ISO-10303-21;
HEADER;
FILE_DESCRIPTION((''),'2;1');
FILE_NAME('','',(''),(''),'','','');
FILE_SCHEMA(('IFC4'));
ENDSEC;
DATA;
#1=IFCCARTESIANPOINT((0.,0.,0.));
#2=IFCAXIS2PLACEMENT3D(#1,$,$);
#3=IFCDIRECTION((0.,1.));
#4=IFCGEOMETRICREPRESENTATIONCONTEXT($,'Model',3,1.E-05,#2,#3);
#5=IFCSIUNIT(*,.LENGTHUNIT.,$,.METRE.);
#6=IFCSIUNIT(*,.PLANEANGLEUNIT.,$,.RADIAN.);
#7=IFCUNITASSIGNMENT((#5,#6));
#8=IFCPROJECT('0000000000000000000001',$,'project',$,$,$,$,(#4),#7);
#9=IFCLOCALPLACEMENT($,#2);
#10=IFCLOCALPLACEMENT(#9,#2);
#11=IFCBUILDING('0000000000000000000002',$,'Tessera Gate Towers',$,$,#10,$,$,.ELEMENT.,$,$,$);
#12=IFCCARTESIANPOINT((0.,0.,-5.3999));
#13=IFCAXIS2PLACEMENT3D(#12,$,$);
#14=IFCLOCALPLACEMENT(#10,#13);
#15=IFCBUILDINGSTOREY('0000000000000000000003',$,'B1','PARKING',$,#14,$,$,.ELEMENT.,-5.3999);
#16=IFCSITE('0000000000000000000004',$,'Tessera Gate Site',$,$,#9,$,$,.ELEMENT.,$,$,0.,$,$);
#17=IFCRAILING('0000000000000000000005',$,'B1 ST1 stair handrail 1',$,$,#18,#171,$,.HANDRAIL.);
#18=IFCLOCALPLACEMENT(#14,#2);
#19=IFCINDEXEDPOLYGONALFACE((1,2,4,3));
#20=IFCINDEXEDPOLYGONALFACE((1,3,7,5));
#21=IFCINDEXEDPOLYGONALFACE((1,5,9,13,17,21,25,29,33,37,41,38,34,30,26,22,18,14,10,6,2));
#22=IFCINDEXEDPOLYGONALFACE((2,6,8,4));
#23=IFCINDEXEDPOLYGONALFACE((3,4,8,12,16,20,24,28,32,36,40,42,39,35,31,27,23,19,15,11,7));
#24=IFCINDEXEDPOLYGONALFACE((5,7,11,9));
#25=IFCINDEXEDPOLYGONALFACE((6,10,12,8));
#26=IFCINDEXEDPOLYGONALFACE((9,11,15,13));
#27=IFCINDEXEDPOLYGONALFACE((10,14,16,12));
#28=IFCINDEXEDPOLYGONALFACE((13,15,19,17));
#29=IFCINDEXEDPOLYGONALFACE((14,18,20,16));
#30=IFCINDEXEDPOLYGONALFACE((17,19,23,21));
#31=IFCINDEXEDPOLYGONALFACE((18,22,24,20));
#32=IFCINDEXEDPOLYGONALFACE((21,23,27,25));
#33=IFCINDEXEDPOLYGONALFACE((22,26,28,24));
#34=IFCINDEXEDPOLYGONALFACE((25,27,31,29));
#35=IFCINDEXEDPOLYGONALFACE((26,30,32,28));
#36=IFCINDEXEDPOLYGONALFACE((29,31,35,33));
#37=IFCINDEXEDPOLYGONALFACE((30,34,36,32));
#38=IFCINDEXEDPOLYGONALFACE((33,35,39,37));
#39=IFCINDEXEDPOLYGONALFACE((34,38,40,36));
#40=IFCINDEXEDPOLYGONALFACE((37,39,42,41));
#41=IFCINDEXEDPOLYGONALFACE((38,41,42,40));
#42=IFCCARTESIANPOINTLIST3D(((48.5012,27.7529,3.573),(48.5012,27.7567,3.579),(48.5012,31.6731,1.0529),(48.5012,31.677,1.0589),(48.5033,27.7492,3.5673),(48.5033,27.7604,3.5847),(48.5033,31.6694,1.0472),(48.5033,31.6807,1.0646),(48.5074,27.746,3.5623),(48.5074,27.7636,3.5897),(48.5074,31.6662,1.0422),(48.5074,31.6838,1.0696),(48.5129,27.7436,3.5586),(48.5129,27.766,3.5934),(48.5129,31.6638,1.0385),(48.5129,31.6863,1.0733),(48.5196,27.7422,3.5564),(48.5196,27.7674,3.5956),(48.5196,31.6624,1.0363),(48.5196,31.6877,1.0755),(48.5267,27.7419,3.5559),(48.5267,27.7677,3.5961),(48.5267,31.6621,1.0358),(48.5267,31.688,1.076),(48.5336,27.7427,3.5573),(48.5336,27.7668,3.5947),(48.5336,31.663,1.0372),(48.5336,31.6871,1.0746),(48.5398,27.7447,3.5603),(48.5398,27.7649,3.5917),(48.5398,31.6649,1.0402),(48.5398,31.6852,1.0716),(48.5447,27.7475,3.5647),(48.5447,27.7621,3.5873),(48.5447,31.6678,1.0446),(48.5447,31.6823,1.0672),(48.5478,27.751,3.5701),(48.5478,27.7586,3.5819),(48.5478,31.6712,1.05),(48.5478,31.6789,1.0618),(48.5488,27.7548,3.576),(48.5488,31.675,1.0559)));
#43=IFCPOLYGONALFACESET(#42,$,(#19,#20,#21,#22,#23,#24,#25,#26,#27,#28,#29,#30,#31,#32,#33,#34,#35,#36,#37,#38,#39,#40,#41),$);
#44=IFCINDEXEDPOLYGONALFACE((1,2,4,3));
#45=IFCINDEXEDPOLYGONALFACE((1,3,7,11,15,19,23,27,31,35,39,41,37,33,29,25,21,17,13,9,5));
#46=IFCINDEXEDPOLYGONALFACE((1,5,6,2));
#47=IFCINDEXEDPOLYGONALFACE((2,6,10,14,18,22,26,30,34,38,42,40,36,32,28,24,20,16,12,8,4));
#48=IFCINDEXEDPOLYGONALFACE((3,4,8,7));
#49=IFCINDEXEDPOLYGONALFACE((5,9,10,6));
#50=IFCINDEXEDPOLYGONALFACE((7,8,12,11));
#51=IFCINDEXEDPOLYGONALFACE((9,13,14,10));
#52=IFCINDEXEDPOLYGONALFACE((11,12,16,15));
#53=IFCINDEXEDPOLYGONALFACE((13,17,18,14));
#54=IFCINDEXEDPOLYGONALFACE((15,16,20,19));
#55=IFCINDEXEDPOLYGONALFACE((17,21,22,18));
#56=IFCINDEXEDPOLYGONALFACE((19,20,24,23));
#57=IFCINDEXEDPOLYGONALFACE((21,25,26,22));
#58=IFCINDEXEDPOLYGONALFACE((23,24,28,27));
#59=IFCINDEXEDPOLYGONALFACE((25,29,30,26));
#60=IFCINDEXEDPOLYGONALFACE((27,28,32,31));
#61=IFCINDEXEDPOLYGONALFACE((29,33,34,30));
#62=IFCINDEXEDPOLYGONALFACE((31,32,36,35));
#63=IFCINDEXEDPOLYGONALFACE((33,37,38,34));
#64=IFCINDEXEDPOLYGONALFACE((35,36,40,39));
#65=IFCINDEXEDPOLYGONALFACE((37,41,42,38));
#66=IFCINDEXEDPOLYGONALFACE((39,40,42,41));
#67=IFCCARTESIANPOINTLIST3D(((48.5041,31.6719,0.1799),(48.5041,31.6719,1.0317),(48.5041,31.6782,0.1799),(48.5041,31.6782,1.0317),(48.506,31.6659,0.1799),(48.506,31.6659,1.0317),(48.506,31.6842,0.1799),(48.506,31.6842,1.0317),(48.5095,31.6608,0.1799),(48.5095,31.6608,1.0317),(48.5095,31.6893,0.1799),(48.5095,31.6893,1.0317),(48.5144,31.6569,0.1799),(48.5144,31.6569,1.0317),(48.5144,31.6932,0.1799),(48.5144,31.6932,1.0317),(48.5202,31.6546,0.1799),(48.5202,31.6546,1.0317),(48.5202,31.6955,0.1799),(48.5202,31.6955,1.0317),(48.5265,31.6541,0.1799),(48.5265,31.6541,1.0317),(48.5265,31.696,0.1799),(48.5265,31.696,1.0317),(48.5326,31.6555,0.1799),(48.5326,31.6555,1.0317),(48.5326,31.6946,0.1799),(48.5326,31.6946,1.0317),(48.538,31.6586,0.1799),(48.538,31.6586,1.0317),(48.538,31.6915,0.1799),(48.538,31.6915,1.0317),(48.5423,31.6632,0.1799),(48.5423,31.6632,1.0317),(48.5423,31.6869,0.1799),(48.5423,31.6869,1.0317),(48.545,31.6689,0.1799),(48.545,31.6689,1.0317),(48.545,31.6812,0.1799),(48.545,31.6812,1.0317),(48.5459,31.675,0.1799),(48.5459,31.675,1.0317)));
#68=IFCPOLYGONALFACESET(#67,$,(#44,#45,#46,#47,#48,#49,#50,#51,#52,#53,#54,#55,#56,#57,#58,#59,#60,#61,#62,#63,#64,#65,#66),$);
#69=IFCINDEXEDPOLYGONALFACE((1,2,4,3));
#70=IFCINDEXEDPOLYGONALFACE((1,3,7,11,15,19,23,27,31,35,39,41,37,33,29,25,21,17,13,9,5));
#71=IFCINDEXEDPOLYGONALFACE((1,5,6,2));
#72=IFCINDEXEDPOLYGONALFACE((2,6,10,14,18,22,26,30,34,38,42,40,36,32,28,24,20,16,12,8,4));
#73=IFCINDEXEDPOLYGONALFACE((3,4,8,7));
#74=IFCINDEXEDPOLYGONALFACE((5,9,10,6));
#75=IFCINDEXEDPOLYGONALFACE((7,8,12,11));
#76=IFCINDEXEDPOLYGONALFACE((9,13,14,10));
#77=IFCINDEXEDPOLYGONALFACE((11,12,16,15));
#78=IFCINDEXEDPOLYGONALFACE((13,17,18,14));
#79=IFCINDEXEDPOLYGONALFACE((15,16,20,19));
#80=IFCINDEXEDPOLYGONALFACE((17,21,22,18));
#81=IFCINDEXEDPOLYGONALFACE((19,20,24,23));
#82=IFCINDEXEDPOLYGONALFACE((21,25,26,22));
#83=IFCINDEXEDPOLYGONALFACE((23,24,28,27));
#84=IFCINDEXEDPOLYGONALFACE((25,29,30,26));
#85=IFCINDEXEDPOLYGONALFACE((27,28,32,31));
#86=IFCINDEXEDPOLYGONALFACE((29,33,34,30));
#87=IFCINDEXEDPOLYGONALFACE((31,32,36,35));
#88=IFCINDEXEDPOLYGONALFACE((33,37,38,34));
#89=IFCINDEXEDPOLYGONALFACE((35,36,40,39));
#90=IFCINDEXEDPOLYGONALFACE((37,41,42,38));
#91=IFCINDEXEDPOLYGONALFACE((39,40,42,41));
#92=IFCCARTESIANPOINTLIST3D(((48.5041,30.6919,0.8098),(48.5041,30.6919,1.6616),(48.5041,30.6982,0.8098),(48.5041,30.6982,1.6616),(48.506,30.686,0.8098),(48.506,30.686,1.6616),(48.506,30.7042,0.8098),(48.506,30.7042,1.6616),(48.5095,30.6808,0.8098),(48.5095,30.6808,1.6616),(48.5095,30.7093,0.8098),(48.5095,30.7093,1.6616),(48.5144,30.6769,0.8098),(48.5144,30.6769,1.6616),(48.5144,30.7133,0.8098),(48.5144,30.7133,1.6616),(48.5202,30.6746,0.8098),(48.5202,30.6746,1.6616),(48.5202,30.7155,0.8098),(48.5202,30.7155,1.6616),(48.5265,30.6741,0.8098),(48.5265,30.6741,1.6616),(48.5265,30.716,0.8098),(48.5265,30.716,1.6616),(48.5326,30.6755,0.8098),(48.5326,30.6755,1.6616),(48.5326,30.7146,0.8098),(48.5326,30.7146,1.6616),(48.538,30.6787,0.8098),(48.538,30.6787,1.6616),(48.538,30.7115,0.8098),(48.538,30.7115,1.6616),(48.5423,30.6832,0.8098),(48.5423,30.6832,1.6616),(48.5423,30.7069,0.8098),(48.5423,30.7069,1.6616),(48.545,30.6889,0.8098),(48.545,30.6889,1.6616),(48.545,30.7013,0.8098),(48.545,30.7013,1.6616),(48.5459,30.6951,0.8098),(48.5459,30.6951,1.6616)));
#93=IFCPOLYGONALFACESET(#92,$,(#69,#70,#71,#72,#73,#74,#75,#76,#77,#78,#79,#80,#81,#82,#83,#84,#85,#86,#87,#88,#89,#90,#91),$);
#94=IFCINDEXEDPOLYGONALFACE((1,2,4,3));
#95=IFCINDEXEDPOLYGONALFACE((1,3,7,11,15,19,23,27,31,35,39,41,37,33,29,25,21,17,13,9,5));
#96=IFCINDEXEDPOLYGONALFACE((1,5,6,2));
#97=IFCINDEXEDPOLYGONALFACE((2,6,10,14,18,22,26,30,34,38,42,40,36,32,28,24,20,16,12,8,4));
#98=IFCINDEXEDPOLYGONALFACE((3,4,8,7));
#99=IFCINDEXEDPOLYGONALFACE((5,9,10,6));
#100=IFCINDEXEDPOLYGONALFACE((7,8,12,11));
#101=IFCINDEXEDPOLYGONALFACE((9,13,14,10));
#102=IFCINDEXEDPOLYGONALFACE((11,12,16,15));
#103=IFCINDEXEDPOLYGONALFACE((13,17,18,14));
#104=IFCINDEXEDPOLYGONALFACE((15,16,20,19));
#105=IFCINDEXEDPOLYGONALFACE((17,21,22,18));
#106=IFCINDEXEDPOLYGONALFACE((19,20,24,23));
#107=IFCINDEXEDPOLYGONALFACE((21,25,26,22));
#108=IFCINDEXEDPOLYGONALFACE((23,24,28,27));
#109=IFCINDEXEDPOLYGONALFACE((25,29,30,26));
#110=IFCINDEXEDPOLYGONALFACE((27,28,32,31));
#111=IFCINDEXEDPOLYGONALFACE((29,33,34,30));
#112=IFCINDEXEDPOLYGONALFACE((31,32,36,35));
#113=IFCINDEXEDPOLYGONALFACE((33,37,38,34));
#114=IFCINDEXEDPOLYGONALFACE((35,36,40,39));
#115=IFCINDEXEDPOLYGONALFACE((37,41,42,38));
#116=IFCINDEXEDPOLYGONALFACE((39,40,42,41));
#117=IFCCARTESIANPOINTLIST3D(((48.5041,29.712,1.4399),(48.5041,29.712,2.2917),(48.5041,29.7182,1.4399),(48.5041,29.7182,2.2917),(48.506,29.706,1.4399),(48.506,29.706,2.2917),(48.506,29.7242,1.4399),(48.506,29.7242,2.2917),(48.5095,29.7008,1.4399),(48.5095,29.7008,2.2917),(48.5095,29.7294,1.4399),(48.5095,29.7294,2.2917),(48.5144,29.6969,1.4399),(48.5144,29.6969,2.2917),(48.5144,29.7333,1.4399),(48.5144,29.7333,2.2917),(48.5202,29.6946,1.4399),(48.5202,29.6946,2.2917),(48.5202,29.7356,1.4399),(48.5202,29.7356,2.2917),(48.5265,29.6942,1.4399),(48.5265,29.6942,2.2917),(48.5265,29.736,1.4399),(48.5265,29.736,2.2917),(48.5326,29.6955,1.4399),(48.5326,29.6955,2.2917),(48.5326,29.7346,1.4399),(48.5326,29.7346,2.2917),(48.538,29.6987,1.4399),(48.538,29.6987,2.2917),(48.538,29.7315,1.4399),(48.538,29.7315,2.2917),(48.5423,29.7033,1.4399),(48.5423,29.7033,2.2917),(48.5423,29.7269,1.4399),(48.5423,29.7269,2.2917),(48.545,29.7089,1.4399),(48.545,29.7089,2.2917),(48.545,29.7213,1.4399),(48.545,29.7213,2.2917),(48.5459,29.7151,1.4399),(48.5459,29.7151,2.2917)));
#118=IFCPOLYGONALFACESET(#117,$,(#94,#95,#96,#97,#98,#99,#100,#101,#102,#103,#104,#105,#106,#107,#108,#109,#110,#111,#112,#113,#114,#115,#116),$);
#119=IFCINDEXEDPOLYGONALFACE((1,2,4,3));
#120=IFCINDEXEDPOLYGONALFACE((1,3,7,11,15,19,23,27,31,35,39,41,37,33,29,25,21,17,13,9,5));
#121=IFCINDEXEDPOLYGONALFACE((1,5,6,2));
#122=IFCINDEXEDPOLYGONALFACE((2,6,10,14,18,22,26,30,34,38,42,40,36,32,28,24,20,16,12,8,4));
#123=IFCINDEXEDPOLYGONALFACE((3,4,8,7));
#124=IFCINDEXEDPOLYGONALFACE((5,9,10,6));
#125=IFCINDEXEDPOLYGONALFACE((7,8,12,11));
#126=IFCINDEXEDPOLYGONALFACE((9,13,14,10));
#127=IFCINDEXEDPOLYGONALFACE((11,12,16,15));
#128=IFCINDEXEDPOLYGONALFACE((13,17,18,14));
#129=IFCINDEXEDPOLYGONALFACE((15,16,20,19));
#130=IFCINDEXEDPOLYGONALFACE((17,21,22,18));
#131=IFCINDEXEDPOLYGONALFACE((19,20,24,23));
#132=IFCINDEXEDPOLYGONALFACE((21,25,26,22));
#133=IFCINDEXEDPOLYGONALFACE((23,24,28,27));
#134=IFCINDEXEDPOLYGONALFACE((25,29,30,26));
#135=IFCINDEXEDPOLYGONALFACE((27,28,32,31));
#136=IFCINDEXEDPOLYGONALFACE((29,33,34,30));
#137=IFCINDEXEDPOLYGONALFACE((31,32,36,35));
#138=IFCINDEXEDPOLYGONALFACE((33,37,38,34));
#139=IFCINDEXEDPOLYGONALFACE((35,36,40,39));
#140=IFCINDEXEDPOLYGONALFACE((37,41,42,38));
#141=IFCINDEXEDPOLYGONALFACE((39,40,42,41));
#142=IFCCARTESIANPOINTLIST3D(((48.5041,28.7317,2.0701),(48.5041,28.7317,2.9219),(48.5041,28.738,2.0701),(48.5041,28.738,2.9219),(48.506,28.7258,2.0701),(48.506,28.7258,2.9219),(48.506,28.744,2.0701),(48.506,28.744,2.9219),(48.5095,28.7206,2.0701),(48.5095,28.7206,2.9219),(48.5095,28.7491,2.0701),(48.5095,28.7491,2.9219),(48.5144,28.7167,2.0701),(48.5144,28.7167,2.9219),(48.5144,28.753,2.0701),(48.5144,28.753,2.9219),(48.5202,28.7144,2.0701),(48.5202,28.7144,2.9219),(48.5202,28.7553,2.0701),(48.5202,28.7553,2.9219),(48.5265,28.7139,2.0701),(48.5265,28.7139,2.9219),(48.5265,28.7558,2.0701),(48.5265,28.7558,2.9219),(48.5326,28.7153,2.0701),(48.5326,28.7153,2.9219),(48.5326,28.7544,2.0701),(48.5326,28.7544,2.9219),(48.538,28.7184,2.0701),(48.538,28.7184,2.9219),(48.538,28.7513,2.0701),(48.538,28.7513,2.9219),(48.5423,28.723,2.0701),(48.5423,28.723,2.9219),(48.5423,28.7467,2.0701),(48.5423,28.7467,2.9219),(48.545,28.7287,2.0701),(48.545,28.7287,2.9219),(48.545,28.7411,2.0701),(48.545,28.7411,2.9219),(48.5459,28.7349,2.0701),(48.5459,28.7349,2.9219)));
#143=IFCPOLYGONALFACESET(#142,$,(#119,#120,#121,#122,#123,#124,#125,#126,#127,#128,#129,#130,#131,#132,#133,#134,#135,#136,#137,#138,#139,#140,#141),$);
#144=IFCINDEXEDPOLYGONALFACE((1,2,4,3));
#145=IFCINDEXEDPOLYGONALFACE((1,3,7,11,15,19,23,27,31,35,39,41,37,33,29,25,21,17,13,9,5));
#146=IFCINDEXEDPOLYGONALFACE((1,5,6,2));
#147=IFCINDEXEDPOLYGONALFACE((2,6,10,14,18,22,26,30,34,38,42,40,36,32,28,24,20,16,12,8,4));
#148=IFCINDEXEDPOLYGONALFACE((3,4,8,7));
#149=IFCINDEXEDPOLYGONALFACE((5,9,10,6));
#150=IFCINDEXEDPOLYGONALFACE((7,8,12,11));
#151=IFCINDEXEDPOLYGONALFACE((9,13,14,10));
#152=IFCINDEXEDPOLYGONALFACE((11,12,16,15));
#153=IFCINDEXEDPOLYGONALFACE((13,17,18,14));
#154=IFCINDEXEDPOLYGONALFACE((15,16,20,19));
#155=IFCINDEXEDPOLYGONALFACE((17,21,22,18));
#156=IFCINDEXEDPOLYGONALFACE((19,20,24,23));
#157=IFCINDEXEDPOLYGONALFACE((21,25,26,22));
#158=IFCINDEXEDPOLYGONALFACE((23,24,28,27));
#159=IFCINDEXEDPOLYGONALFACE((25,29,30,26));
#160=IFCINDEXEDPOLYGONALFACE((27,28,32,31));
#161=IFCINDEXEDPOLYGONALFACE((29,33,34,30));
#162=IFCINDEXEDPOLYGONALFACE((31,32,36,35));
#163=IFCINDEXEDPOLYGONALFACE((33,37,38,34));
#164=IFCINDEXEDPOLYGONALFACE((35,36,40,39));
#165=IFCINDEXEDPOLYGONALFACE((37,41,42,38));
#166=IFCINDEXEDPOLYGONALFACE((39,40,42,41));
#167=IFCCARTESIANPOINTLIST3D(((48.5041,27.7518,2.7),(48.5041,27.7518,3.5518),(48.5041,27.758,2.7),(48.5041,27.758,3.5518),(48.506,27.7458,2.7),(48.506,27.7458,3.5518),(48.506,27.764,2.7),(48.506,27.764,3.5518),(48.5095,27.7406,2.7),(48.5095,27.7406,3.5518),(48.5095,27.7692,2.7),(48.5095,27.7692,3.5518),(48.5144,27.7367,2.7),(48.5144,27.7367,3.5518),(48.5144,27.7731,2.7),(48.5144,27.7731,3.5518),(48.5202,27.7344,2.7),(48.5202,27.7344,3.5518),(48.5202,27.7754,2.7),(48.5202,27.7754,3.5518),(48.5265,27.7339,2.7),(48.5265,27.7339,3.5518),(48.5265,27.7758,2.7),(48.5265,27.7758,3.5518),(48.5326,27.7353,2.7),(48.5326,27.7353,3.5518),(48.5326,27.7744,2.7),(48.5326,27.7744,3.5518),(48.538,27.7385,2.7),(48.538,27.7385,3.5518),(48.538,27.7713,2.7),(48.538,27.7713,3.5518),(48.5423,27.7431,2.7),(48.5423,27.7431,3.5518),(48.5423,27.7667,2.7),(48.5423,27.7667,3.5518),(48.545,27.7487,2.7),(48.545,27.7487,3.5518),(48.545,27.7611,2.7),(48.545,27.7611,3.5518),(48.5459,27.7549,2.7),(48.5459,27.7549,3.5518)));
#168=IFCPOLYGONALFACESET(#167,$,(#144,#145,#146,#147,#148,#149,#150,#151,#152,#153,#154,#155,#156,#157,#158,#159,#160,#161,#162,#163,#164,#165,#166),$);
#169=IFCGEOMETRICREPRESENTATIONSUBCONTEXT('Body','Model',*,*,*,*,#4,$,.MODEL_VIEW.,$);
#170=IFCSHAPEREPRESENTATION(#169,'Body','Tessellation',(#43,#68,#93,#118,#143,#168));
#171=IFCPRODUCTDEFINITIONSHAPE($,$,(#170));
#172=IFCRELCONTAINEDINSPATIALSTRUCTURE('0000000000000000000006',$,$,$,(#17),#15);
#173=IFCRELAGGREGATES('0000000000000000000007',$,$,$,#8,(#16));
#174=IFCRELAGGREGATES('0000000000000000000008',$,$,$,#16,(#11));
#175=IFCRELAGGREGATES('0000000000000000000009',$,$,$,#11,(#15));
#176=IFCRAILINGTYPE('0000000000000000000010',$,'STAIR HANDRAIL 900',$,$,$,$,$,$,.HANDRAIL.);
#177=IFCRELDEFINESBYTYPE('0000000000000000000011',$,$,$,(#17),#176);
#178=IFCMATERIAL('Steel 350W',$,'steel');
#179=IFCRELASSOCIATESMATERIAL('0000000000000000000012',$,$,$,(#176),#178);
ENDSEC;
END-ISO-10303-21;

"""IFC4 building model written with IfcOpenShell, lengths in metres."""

from ifc_helpers import new_model, si_unit, direction, frame, origin, origin_2d, place, context, subcontext, project, spatial, circle, extrude, material, type_object, element, save


model = new_model("IFC4")

# Units and contexts
model_context = context("Model", 3, precision=1e-05, world=origin(), true_north=direction((0.0, 1.0)))
body_context = subcontext(model_context, "Body", "Model", "MODEL_VIEW")
ifc_project = project(units=[si_unit("LENGTHUNIT", "METRE"), si_unit("PLANEANGLEUNIT", "RADIAN")], contexts=[model_context])

# Site, building, storey
site_placement = place(None, origin())
site = spatial("IfcSite", under=ifc_project, at=site_placement, Name="Tessera Gate Site", CompositionType="ELEMENT", RefElevation=0.0)
building_placement = place(site_placement, origin())
building = spatial("IfcBuilding", under=site, at=building_placement, Name="Tessera Gate Towers", CompositionType="ELEMENT")
storey_placement = place(building_placement, frame((0.0, 0.0, -5.3999)))
storey = spatial("IfcBuildingStorey", under=building, at=storey_placement, Name="B1", Description="PARKING", CompositionType="ELEMENT", Elevation=-5.3999)

# Railing
ifc_material_1 = material(Name="Steel 350W", Category="steel")
railing_type_1 = type_object("IfcRailingType", Name="STAIR HANDRAIL 900", PredefinedType="HANDRAIL", material=ifc_material_1)
railing_1_placement = place(storey_placement, frame((48.5249, 31.675, 0.1799)))
element("IfcRailing", 1, at=railing_1_placement, inside=storey, type_object=railing_type_1, Name="B1 ST1 stair handrail 1", PredefinedType="HANDRAIL", context=body_context, shape_type="SweptSolid", body=[
    extrude(circle(Radius=0.0239, at=origin_2d()), frame((0.0, 0.0, 0.876), z_axis=(0.0, -0.841187, 0.540744), x_axis=(1.0, 0.0, 0.0)), (0.0, 0.0, 1.0), 4.6604),
    extrude(circle(Radius=0.021, at=origin_2d()), origin(), (0.0, 0.0, 1.0), 0.8518),
    extrude(circle(Radius=0.021, at=origin_2d()), frame((0.0, -0.98, 0.6299)), (0.0, 0.0, 1.0), 0.8518),
    extrude(circle(Radius=0.021, at=origin_2d()), frame((0.0, -1.96, 1.26)), (0.0, 0.0, 1.0), 0.8518),
    extrude(circle(Radius=0.021, at=origin_2d()), frame((0.0, -2.9402, 1.8901)), (0.0, 0.0, 1.0), 0.8518),
    extrude(circle(Radius=0.021, at=origin_2d()), frame((0.0, -3.9202, 2.52)), (0.0, 0.0, 1.0), 0.8518),
])

save(model, "model.ifc")
